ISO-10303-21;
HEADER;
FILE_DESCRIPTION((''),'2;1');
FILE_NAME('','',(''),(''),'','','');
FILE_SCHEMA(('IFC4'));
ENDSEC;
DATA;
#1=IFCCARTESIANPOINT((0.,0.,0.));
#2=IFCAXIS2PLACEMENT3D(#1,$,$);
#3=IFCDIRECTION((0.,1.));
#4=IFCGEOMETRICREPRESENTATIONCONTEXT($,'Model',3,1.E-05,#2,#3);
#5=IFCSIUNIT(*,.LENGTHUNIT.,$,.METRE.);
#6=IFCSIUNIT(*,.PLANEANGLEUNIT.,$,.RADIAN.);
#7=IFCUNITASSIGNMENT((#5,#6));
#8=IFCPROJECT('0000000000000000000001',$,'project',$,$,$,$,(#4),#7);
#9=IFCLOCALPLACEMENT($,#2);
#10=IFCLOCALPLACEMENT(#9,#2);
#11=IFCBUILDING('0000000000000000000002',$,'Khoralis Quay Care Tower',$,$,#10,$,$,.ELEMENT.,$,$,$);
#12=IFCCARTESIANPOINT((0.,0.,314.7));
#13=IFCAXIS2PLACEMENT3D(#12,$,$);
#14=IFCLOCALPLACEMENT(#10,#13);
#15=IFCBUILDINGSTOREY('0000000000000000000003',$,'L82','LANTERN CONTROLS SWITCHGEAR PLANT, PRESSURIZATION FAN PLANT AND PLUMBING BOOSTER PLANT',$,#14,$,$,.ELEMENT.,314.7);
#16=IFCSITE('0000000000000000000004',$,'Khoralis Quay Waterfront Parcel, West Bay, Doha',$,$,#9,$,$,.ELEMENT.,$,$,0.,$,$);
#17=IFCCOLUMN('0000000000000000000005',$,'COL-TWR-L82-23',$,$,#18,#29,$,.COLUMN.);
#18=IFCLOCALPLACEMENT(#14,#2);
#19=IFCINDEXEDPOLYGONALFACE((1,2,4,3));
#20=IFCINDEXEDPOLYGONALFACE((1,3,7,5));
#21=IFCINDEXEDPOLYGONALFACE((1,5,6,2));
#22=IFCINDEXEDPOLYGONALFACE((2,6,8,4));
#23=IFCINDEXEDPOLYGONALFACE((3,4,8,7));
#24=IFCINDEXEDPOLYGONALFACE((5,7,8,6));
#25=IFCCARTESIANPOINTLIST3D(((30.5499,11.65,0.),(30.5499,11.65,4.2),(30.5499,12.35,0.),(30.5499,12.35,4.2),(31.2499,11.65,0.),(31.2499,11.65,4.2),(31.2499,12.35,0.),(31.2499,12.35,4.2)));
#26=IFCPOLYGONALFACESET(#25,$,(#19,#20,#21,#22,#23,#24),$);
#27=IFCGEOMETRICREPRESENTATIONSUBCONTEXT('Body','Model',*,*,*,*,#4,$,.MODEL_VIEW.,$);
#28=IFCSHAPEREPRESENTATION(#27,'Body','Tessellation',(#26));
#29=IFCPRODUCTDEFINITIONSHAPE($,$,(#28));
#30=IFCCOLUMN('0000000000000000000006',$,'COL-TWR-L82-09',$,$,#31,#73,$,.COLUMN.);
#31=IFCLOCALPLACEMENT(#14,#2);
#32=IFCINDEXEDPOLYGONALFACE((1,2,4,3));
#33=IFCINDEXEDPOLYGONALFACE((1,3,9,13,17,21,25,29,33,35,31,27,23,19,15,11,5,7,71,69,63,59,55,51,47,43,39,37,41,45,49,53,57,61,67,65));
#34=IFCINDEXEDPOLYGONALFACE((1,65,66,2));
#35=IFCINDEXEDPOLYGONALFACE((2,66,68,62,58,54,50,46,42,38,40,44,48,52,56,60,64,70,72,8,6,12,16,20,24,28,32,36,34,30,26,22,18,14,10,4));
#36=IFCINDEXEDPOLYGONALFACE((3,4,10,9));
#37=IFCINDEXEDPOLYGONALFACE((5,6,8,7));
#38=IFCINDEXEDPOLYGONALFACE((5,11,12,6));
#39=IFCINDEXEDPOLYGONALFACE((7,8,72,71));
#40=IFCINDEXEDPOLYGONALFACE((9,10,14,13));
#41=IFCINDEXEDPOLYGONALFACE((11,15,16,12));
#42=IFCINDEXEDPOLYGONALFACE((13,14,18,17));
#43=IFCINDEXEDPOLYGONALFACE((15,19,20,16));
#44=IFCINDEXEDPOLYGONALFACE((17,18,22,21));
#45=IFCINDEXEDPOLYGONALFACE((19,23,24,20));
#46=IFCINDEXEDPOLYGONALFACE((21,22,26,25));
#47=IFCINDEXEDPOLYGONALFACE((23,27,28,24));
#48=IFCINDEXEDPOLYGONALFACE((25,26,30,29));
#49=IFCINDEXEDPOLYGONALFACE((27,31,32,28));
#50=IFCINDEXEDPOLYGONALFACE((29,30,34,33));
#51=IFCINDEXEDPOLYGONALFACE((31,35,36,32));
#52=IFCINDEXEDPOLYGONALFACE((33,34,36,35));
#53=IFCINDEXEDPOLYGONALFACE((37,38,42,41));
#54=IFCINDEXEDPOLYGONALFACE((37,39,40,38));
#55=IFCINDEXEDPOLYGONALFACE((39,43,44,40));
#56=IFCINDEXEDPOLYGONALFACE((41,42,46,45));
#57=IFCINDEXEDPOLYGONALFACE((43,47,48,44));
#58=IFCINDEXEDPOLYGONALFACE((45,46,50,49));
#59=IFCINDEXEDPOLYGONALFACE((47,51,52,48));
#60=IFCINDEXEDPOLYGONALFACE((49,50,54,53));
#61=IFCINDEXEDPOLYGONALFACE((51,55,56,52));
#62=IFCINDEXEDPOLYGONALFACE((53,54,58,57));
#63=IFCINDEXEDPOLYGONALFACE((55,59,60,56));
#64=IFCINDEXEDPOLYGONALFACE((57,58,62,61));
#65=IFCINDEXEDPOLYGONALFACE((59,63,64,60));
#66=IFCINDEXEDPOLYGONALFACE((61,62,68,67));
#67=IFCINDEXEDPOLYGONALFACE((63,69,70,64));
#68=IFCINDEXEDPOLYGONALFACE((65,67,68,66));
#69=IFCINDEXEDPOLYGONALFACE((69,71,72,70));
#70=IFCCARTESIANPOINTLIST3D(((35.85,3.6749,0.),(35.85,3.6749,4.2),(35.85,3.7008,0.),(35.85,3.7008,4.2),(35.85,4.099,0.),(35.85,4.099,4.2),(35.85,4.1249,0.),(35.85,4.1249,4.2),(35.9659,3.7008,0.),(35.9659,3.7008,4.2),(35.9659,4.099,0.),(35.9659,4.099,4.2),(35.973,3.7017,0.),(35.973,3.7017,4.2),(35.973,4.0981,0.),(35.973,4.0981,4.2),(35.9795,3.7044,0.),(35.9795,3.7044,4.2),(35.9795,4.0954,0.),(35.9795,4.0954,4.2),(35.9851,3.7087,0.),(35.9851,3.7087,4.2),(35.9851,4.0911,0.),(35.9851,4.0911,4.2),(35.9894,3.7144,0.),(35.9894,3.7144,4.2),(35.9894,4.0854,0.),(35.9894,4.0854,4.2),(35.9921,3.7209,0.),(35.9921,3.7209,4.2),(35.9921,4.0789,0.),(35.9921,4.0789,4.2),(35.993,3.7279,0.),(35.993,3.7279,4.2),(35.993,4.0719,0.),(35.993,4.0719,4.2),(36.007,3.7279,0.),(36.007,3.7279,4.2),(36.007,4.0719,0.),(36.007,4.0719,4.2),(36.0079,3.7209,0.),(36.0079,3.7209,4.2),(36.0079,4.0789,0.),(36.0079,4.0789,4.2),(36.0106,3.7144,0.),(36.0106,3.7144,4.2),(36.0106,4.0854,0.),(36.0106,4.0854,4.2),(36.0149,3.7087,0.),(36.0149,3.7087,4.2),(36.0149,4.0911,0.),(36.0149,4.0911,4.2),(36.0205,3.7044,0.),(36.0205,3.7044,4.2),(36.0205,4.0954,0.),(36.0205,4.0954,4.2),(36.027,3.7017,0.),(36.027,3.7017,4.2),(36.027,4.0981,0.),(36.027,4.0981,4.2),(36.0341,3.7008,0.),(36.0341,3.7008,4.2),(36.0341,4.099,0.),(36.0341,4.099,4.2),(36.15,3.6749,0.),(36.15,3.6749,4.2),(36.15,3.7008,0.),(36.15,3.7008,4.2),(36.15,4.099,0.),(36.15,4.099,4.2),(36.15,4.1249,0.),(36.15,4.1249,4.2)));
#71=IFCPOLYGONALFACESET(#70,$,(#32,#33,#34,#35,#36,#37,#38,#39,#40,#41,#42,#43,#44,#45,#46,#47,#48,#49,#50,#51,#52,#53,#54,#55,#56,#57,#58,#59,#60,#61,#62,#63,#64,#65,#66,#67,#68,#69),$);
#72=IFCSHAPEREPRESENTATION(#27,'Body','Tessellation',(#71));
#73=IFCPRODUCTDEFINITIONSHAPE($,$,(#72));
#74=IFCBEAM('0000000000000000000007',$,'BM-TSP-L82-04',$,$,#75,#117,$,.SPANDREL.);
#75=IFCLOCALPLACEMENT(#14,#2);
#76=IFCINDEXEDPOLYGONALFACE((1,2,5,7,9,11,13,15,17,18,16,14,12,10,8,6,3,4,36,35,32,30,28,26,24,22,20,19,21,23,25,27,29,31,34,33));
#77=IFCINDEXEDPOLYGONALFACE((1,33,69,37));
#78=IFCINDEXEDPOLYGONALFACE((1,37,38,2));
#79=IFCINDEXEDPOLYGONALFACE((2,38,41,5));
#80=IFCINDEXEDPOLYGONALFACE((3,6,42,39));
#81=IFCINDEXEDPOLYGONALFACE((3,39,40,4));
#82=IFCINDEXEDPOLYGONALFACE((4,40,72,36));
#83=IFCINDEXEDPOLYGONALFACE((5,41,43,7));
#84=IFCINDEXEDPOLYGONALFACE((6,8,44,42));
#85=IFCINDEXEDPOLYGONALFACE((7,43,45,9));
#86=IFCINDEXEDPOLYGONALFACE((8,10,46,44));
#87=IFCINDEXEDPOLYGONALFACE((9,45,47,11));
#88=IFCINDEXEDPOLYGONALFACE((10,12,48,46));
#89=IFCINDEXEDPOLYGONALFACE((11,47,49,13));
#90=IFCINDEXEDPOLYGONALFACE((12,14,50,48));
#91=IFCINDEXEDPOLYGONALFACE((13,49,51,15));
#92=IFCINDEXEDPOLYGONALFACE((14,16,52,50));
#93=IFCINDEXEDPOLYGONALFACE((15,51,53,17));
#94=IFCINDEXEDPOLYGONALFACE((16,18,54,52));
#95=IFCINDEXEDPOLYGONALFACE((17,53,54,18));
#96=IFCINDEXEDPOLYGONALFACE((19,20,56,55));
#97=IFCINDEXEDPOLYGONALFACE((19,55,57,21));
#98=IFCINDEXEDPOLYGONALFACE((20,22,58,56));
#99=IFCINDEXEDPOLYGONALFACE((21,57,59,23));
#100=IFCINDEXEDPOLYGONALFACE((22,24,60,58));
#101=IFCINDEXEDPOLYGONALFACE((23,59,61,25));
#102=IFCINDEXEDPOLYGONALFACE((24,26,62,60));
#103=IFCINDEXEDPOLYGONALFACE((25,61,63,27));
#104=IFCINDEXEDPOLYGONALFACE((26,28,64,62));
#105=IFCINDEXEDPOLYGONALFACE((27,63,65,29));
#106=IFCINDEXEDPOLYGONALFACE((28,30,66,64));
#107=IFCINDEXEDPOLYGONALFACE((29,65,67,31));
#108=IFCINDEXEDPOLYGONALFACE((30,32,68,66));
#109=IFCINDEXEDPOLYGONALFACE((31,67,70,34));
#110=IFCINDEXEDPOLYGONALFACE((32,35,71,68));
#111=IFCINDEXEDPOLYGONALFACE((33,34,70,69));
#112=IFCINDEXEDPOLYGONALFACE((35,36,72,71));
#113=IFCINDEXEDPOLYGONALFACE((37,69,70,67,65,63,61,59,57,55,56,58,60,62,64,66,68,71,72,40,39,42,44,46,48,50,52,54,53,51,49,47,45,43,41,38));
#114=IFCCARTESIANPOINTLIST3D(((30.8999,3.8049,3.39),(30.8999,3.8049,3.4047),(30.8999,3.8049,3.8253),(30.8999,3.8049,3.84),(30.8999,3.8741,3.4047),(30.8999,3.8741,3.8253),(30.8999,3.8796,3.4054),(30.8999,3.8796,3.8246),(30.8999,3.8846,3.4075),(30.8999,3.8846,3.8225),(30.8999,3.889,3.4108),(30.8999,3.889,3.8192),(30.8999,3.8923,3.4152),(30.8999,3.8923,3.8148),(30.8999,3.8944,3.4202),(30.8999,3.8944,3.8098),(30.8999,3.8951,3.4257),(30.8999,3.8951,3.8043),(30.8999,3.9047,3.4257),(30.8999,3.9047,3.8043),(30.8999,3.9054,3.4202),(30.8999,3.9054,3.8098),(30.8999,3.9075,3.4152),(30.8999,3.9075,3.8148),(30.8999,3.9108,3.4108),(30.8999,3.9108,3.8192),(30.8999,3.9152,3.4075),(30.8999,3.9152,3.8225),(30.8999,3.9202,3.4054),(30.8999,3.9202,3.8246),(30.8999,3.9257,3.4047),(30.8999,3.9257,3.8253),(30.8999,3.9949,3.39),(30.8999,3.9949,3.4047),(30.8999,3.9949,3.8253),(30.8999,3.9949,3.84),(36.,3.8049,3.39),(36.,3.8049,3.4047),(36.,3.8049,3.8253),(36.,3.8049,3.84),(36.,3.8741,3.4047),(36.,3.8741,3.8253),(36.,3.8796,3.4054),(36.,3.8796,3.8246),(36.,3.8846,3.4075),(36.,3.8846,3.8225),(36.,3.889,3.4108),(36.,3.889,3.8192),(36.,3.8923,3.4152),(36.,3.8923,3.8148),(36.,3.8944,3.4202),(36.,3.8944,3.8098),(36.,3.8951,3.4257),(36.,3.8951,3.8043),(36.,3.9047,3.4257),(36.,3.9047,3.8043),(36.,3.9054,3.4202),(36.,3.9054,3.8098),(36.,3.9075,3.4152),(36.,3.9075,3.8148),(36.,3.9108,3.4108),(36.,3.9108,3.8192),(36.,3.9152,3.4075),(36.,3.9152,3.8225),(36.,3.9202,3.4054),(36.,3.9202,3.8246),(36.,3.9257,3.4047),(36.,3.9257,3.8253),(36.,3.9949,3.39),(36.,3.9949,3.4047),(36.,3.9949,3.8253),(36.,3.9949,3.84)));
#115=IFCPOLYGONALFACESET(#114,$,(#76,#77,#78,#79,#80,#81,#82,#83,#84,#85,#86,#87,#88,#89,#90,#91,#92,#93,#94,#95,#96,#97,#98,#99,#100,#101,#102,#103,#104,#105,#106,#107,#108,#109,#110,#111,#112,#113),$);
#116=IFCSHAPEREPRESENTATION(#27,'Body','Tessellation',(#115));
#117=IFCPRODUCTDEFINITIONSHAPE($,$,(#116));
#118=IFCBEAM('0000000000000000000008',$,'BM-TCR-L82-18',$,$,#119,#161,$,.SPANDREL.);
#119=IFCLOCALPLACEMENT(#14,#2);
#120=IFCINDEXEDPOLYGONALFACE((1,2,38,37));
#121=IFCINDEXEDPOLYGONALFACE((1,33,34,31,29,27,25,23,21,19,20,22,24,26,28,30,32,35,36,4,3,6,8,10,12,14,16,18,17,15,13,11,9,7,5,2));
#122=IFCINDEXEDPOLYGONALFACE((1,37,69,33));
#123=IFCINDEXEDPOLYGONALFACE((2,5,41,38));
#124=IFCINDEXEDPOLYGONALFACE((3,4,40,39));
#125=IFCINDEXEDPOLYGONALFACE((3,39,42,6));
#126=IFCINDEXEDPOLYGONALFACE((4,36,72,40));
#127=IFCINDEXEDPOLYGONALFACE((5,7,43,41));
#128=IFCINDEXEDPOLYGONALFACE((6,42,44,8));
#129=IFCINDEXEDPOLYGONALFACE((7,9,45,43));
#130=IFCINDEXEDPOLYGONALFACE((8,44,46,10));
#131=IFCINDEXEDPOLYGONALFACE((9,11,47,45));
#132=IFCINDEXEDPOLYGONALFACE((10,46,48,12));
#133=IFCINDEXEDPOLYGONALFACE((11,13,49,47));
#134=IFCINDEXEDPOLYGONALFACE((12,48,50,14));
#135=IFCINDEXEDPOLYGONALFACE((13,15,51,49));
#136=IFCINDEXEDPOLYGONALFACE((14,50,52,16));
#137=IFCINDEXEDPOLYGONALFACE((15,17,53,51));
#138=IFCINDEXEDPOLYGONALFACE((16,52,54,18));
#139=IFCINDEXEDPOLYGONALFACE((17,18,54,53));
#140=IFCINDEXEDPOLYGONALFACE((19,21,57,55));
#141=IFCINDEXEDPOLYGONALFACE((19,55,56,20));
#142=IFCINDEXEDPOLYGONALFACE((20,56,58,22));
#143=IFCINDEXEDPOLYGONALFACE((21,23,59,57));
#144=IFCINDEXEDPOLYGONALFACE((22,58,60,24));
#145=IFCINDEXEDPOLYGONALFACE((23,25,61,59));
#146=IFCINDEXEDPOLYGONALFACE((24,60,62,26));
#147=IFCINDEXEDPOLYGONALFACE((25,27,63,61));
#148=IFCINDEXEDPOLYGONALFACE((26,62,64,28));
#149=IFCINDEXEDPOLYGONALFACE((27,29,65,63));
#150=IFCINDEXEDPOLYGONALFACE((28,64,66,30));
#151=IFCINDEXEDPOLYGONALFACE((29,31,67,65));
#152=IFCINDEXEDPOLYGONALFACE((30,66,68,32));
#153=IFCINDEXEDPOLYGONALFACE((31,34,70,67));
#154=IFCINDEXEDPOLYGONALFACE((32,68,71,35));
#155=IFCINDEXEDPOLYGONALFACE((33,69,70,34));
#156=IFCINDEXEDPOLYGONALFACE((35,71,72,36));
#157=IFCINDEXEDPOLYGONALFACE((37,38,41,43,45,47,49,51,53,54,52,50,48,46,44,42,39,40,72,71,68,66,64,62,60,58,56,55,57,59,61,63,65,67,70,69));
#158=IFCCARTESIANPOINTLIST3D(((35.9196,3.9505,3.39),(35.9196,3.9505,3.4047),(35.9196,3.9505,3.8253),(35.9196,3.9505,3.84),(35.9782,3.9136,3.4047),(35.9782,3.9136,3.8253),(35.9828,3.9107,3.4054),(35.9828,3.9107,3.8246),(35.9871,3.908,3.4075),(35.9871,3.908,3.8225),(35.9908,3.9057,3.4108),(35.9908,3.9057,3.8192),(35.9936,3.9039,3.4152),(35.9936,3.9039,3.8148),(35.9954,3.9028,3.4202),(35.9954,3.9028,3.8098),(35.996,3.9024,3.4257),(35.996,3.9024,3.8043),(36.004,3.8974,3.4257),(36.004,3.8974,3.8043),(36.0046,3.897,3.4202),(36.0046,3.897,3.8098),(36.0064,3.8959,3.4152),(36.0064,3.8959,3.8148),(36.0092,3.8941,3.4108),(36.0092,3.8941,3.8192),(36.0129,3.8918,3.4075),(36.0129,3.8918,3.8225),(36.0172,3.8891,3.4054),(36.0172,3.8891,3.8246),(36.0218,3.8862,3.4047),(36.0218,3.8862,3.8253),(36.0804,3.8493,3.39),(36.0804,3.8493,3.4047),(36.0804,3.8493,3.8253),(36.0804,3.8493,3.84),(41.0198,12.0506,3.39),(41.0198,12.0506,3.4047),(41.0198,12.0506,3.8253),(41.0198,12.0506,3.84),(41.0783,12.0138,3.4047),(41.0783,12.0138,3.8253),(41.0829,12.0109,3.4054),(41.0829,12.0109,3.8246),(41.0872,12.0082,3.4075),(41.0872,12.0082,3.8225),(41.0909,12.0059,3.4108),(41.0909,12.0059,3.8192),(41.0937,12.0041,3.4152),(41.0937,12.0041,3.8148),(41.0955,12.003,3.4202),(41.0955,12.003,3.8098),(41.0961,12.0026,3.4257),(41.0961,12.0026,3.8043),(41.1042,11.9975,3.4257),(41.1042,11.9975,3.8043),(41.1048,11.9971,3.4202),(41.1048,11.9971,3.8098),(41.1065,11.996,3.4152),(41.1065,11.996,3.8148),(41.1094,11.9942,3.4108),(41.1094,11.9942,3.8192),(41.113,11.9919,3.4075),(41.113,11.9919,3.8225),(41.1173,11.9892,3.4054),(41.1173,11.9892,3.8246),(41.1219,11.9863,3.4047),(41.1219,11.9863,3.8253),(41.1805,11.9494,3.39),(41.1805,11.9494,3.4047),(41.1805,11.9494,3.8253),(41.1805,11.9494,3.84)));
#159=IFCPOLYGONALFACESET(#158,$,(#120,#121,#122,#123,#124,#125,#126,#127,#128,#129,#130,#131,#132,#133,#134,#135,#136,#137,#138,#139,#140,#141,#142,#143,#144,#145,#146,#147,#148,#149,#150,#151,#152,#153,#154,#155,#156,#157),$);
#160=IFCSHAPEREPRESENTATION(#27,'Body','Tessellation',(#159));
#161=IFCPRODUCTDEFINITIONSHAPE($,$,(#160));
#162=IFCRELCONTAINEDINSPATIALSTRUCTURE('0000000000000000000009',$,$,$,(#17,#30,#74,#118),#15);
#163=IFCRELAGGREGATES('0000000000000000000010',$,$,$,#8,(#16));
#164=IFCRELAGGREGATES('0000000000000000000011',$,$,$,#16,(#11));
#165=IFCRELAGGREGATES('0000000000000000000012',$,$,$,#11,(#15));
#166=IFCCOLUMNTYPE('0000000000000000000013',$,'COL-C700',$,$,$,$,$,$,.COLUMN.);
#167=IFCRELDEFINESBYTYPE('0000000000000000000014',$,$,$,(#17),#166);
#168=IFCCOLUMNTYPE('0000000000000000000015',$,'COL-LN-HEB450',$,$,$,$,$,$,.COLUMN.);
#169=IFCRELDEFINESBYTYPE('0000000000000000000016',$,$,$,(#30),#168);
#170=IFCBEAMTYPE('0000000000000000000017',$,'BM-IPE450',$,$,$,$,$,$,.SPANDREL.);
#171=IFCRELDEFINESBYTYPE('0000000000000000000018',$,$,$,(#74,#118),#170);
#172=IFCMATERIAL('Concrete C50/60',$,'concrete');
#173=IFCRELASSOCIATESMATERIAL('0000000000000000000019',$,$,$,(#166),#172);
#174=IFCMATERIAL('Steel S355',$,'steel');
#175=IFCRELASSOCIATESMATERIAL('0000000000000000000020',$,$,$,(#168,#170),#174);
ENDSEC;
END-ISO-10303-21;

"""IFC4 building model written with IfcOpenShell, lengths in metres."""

from ifc_helpers import new_model, si_unit, direction, frame, origin, origin_2d, place, context, subcontext, project, spatial, rectangle, i_section, extrude, source, transform, mapped, material, material_profile, profile_set, type_object, element, save


model = new_model("IFC4")

# Units and contexts
model_context = context("Model", 3, precision=1e-05, world=origin(), true_north=direction((0.0, 1.0)))
body_context = subcontext(model_context, "Body", "Model", "MODEL_VIEW")
ifc_project = project(units=[si_unit("LENGTHUNIT", "METRE"), si_unit("PLANEANGLEUNIT", "RADIAN")], contexts=[model_context])

# Site, building, storey
site_placement = place(None, origin())
site = spatial("IfcSite", under=ifc_project, at=site_placement, Name="Khoralis Quay Waterfront Parcel, West Bay, Doha", CompositionType="ELEMENT", RefElevation=0.0)
building_placement = place(site_placement, origin())
building = spatial("IfcBuilding", under=site, at=building_placement, Name="Khoralis Quay Care Tower", CompositionType="ELEMENT")
storey_placement = place(building_placement, frame((0.0, 0.0, 314.7)))
storey = spatial("IfcBuildingStorey", under=building, at=storey_placement, Name="L82", Description="LANTERN CONTROLS SWITCHGEAR PLANT, PRESSURIZATION FAN PLANT AND PLUMBING BOOSTER PLANT", CompositionType="ELEMENT", Elevation=314.7)

# Columns
ifc_material_1 = material(Name="Concrete C50/60", Category="concrete")
ifc_material_profile_1 = material_profile(ifc_material_1, rectangle(XDim=0.7, YDim=0.7, at=origin_2d()), Name="Concrete C50/60")
ifc_profile_set_1 = profile_set([ifc_material_profile_1], Name="Concrete C50/60")
column_type_1 = type_object("IfcColumnType", Name="COL-C700", PredefinedType="COLUMN", material=ifc_profile_set_1)
shared_shape_1 = source(origin(), body_context, "Body", "SweptSolid", [
    extrude(rectangle(XDim=0.7, YDim=0.7, at=origin_2d()), origin(), (0.0, 0.0, 1.0), 4.2),
])
column_1_placement = place(storey_placement, frame((30.8999, 12.0, 0.0), z_axis=(0.0, 0.0, 1.0), x_axis=(1.0, 0.0, 0.0)))
element("IfcColumn", 1, at=column_1_placement, inside=storey, type_object=column_type_1, Name="COL-TWR-L82-23", PredefinedType="COLUMN", context=body_context, shape_type="MappedRepresentation", body=[
    mapped(shared_shape_1, transform((0.0, 0.0, 0.0), scale=1.0)),
])
ifc_material_2 = material(Name="Steel S355", Category="steel")
ifc_material_profile_2 = material_profile(ifc_material_2, i_section(OverallWidth=0.3, OverallDepth=0.45, WebThickness=0.0139, FlangeThickness=0.0259, FilletRadius=0.0271, at=origin_2d()), Name="Steel S355")
ifc_profile_set_2 = profile_set([ifc_material_profile_2], Name="Steel S355")
column_type_2 = type_object("IfcColumnType", Name="COL-LN-HEB450", PredefinedType="COLUMN", material=ifc_profile_set_2)
shared_shape_2 = source(origin(), body_context, "Body", "SweptSolid", [
    extrude(i_section(OverallWidth=0.3, OverallDepth=0.45, WebThickness=0.0139, FlangeThickness=0.0259, FilletRadius=0.0271, at=origin_2d()), origin(), (0.0, 0.0, 1.0), 4.2),
])
column_2_placement = place(storey_placement, frame((36.0, 3.8999, 0.0), z_axis=(0.0, 0.0, 1.0), x_axis=(1.0, 0.0, 0.0)))
element("IfcColumn", 2, at=column_2_placement, inside=storey, type_object=column_type_2, Name="COL-TWR-L82-09", PredefinedType="COLUMN", context=body_context, shape_type="MappedRepresentation", body=[
    mapped(shared_shape_2, transform((0.0, 0.0, 0.0), scale=1.0)),
])

# Beams
ifc_material_profile_3 = material_profile(ifc_material_2, i_section(OverallWidth=0.1899, OverallDepth=0.45, WebThickness=0.0095, FlangeThickness=0.0146, FilletRadius=0.021, at=origin_2d()), Name="Steel S355")
ifc_profile_set_3 = profile_set([ifc_material_profile_3], Name="Steel S355")
beam_type_1 = type_object("IfcBeamType", Name="BM-IPE450", PredefinedType="SPANDREL", material=ifc_profile_set_3)
shared_shape_3 = source(origin(), body_context, "Body", "SweptSolid", [
    extrude(i_section(OverallWidth=0.1899, OverallDepth=0.45, WebThickness=0.0095, FlangeThickness=0.0146, FilletRadius=0.021, at=origin_2d()), origin(), (0.0, 0.0, 1.0), 5.1001),
])
beam_1_placement = place(storey_placement, frame((30.8999, 3.8999, 3.615), z_axis=(1.0, 0.0, 0.0), x_axis=(0.0, 1.0, 0.0)))
element("IfcBeam", 3, at=beam_1_placement, inside=storey, type_object=beam_type_1, Name="BM-TSP-L82-04", PredefinedType="SPANDREL", context=body_context, shape_type="MappedRepresentation", body=[
    mapped(shared_shape_3, transform((0.0, 0.0, 0.0), scale=1.0)),
])
shared_shape_4 = source(origin(), body_context, "Body", "SweptSolid", [
    extrude(i_section(OverallWidth=0.1899, OverallDepth=0.45, WebThickness=0.0095, FlangeThickness=0.0146, FilletRadius=0.021, at=origin_2d()), origin(), (0.0, 0.0, 1.0), 9.572),
])
beam_2_placement = place(storey_placement, frame((36.0, 3.8999, 3.615), z_axis=(0.532816, 0.846231, 0.0), x_axis=(-0.846231, 0.532816, 0.0)))
element("IfcBeam", 4, at=beam_2_placement, inside=storey, type_object=beam_type_1, Name="BM-TCR-L82-18", PredefinedType="SPANDREL", context=body_context, shape_type="MappedRepresentation", body=[
    mapped(shared_shape_4, transform((0.0, 0.0, 0.0), scale=1.0)),
])

save(model, "model.ifc")
